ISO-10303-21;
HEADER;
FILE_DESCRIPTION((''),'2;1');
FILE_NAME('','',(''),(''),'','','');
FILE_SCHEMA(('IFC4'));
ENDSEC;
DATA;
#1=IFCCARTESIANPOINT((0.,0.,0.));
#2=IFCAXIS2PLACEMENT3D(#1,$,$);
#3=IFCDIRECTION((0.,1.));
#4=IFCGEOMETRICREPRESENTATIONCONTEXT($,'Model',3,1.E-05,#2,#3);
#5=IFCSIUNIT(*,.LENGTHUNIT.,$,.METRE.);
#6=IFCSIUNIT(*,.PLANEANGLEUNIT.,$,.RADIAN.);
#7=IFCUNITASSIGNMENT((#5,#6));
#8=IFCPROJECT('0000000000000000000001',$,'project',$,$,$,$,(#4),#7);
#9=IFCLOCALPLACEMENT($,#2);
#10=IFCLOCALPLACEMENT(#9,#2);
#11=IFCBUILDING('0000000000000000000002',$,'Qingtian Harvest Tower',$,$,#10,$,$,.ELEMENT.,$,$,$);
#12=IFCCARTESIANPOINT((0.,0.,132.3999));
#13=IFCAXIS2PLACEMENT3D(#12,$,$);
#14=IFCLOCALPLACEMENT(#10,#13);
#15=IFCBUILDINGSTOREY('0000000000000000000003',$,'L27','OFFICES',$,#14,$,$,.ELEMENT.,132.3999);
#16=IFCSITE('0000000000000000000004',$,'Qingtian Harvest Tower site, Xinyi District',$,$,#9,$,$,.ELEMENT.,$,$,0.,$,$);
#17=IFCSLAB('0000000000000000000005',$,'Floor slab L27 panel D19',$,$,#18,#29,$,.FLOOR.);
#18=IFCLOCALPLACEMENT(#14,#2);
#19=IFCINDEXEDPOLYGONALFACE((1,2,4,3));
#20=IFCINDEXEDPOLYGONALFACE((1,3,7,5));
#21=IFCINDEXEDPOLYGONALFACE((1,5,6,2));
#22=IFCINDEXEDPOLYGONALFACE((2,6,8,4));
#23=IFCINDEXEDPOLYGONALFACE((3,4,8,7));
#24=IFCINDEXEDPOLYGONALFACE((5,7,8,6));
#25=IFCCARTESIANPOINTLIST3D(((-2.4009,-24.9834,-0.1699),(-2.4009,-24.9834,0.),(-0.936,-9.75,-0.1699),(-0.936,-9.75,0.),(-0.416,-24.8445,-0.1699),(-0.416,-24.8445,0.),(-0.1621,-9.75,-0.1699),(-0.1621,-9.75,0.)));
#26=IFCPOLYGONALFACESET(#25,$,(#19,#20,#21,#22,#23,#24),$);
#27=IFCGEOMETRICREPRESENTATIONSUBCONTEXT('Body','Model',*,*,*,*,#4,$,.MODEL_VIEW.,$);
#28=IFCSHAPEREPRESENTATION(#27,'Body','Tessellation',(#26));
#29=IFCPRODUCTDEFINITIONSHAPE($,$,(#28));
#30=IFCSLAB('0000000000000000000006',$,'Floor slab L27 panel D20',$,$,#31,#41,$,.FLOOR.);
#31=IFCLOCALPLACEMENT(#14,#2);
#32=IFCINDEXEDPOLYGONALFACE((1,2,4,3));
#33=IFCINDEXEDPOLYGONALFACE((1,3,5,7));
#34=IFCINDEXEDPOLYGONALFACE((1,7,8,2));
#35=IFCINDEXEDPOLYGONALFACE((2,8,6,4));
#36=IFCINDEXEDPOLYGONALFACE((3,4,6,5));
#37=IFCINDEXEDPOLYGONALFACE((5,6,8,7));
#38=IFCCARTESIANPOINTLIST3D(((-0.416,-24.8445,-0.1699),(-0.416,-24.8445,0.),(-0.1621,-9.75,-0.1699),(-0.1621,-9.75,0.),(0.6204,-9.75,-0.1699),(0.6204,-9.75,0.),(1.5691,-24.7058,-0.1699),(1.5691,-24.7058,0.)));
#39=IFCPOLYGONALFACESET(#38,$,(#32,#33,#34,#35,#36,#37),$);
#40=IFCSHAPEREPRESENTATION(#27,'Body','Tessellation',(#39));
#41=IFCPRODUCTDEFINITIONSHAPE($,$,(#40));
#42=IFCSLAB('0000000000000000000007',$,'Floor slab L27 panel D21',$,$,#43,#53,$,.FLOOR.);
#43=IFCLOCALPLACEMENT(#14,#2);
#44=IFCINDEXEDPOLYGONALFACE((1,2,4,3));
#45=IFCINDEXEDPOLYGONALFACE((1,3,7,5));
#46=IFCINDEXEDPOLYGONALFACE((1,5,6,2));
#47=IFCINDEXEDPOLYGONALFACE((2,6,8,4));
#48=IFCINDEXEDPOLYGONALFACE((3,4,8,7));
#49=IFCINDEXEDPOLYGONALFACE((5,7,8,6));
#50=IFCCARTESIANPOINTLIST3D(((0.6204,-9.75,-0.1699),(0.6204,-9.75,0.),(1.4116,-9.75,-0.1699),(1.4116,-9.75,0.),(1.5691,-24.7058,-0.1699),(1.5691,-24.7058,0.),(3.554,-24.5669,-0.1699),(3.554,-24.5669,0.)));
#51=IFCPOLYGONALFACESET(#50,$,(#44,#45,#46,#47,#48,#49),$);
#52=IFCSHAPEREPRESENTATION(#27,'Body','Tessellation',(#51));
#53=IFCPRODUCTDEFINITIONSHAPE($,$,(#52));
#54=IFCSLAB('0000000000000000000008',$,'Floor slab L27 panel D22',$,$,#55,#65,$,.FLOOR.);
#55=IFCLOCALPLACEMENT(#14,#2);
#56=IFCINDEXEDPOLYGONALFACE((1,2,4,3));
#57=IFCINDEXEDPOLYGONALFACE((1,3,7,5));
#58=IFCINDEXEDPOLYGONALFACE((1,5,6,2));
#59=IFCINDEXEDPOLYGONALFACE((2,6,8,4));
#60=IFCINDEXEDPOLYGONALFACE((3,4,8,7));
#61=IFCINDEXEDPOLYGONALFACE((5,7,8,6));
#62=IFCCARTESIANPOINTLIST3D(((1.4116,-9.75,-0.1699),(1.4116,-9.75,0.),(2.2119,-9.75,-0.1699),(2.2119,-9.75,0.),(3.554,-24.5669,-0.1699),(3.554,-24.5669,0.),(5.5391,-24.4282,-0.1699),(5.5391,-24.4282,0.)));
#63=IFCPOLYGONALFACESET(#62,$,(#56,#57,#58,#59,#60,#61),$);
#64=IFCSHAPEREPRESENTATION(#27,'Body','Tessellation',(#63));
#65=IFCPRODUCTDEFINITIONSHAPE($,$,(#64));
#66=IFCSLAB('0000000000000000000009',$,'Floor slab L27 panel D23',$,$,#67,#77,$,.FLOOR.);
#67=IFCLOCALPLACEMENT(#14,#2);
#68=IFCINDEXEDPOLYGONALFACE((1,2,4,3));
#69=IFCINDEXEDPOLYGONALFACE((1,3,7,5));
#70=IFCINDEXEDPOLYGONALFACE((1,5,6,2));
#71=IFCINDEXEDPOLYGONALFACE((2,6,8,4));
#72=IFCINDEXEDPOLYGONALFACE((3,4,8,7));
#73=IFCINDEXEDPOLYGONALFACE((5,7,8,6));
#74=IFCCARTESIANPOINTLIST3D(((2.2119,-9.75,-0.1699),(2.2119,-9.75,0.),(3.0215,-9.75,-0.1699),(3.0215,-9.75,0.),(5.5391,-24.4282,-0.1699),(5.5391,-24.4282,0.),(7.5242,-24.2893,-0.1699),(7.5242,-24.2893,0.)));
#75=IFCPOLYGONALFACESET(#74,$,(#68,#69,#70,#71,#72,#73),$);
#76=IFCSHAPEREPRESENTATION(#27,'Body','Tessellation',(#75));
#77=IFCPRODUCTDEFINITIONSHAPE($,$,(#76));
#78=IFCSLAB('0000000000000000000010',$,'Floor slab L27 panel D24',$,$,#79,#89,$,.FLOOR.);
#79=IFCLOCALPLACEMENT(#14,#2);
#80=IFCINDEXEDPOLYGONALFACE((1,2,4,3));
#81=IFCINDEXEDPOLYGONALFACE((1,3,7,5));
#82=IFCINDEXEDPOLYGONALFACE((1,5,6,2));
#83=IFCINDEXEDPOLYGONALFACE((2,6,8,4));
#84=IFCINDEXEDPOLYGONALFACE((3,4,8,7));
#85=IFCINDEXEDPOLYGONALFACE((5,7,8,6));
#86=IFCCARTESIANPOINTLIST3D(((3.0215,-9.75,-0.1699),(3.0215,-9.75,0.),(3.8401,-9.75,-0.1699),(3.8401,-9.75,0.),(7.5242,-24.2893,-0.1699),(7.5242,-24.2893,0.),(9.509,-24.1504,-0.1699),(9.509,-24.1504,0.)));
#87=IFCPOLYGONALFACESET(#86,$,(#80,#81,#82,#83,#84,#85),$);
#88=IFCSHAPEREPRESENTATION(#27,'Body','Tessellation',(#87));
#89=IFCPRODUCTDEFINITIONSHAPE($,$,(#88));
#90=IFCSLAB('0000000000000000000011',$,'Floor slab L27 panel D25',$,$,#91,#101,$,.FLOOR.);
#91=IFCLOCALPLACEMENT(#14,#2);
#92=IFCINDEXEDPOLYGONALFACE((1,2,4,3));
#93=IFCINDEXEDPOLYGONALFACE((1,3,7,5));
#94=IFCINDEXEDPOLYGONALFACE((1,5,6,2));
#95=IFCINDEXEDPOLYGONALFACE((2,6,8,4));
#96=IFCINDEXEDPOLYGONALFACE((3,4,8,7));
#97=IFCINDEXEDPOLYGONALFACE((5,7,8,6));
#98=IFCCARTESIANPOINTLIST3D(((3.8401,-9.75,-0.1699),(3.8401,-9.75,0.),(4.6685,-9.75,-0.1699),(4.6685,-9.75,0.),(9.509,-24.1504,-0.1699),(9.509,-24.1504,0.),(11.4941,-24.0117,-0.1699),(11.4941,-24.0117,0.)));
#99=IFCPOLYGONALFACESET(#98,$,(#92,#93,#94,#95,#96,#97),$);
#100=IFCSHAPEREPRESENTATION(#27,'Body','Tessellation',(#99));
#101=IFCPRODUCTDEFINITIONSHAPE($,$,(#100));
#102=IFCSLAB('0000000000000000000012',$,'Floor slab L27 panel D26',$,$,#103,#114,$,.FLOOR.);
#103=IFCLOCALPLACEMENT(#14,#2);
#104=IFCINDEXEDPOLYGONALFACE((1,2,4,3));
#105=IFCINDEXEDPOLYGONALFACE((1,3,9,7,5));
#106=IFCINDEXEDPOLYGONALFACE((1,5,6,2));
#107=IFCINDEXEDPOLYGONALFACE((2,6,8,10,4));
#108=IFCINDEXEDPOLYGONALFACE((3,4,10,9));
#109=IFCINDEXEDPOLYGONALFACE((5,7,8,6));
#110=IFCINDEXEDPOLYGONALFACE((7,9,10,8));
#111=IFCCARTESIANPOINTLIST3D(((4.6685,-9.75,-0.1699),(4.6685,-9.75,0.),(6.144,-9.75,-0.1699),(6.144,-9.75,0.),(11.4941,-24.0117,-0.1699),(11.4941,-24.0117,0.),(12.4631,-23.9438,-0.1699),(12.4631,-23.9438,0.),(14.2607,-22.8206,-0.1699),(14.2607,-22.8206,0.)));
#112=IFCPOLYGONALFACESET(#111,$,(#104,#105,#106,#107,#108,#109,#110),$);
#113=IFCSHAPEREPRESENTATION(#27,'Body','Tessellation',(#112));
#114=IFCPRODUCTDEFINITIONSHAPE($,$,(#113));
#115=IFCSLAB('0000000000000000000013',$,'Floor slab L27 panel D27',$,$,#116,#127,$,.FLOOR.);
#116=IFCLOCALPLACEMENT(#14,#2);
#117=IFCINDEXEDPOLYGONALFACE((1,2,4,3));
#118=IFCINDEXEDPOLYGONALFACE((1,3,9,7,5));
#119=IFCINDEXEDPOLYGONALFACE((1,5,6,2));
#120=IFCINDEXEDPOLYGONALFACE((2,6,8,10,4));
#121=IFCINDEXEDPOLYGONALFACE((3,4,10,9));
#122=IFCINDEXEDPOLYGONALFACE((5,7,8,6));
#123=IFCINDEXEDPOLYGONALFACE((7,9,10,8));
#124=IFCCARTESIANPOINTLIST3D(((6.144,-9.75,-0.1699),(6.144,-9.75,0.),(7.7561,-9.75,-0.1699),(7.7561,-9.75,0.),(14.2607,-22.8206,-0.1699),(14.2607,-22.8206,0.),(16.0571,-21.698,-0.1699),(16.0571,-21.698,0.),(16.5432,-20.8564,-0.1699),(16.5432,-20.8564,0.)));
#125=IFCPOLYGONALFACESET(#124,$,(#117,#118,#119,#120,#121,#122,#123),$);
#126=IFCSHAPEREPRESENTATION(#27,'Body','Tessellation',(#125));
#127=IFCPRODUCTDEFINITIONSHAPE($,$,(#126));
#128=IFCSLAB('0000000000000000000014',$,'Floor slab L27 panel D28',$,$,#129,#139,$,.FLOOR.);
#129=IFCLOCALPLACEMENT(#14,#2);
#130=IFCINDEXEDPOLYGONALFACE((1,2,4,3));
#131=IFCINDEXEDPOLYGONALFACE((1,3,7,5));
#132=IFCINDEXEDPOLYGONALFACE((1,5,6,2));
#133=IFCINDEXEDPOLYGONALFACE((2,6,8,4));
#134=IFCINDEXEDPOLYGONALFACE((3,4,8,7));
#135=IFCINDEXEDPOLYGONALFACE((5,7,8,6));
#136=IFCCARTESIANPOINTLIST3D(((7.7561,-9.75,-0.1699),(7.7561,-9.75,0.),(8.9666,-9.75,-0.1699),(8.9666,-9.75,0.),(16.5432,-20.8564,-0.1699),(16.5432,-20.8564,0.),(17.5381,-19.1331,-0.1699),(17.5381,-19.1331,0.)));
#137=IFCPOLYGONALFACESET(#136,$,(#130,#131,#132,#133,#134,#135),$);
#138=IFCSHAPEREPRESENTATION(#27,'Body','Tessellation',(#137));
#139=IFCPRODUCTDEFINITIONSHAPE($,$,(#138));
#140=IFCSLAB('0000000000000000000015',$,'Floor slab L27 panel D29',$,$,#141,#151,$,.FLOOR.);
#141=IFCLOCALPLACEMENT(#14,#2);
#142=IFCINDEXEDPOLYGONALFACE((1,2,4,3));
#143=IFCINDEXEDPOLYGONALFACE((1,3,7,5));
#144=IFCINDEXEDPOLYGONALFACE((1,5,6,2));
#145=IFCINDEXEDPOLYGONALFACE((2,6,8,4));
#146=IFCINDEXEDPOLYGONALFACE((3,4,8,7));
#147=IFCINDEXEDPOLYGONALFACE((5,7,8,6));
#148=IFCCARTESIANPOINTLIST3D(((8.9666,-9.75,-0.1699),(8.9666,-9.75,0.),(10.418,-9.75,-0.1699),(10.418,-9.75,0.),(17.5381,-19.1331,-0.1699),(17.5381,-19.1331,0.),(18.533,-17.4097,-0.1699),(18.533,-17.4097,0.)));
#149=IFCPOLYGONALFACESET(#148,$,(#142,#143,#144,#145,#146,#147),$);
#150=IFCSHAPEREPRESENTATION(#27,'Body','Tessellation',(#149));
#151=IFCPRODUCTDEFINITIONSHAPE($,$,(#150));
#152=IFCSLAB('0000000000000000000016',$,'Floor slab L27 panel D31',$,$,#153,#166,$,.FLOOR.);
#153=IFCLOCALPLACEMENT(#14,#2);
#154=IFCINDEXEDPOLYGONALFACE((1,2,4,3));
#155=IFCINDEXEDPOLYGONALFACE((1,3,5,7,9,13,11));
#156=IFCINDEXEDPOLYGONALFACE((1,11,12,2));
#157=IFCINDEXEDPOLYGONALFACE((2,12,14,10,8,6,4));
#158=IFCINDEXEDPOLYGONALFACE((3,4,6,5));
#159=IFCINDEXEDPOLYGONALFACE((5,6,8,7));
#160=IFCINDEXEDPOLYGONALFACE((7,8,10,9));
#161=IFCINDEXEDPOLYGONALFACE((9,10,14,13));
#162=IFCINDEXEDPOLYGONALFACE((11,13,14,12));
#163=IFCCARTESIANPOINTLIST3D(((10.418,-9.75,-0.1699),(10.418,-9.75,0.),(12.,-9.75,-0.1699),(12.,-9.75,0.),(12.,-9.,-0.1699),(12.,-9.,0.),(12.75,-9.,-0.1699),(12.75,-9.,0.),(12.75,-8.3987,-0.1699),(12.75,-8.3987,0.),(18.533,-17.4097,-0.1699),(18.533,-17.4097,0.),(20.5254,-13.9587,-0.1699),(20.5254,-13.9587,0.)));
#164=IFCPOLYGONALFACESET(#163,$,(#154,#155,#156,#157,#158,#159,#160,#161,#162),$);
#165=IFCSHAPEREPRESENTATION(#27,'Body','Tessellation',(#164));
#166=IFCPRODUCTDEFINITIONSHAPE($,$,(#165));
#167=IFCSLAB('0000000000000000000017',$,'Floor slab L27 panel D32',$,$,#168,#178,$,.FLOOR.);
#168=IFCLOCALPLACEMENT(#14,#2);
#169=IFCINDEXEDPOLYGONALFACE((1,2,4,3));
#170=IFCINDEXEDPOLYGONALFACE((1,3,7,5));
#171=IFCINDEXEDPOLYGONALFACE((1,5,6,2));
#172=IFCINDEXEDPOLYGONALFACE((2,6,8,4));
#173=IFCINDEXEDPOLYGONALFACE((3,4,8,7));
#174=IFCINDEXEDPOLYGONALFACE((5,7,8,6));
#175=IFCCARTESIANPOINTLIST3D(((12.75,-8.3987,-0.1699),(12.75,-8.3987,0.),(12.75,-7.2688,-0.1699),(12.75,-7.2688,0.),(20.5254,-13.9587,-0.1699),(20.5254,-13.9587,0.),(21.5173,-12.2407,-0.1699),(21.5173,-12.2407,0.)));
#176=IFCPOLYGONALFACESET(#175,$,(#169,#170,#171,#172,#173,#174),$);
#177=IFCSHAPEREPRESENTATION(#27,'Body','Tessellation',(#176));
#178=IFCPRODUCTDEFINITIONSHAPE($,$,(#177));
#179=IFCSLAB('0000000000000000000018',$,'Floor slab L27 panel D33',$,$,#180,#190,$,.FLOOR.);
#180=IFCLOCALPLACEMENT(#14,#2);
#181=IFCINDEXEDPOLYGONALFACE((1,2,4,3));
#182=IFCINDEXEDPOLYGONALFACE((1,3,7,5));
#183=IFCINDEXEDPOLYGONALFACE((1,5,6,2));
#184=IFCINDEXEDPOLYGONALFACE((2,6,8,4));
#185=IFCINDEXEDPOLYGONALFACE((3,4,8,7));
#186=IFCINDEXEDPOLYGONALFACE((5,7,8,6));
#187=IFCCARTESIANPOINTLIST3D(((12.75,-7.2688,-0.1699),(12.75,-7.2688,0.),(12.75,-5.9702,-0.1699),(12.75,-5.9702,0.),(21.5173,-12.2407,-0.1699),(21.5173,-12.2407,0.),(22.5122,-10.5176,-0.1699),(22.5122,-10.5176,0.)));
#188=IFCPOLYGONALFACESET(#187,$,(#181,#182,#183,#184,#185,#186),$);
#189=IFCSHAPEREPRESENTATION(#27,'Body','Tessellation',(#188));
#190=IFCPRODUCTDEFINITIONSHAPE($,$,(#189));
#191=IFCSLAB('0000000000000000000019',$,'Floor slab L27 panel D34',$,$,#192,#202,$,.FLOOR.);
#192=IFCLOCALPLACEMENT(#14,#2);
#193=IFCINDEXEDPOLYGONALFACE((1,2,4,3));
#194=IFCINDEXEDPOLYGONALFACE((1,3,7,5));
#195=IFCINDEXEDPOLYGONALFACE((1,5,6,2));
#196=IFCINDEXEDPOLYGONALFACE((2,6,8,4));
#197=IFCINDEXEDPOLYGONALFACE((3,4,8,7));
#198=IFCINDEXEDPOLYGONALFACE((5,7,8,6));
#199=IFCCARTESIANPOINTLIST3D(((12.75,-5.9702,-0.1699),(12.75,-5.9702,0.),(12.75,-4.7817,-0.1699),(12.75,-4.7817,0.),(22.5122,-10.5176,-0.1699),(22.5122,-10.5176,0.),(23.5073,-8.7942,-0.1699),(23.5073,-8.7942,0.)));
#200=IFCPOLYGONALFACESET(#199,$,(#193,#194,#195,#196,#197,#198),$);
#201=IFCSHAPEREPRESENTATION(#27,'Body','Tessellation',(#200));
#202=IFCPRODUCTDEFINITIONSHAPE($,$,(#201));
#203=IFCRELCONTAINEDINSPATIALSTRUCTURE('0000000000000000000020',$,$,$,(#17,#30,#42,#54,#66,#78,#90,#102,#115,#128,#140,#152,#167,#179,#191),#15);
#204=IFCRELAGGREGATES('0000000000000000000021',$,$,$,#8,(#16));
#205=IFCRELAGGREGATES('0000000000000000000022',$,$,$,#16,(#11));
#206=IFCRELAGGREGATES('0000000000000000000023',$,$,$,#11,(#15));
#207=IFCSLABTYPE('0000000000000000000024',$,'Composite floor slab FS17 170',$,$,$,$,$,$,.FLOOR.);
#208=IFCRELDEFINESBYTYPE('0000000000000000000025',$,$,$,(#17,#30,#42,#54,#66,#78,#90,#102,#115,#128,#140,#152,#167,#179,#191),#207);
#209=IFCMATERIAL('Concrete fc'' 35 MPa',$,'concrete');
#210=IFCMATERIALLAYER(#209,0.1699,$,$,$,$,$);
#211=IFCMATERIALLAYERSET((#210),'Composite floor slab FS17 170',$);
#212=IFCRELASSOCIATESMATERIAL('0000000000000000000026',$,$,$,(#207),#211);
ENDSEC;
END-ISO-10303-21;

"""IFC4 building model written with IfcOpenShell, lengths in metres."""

from ifc_helpers import new_model, si_unit, direction, frame, origin, place, context, subcontext, project, spatial, polyline, outline, extrude, material, layer, layer_set, type_object, element, save


model = new_model("IFC4")

# Units and contexts
model_context = context("Model", 3, precision=1e-05, world=origin(), true_north=direction((0.0, 1.0)))
body_context = subcontext(model_context, "Body", "Model", "MODEL_VIEW")
ifc_project = project(units=[si_unit("LENGTHUNIT", "METRE"), si_unit("PLANEANGLEUNIT", "RADIAN")], contexts=[model_context])

# Site, building, storey
site_placement = place(None, origin())
site = spatial("IfcSite", under=ifc_project, at=site_placement, Name="Qingtian Harvest Tower site, Xinyi District", CompositionType="ELEMENT", RefElevation=0.0)
building_placement = place(site_placement, origin())
building = spatial("IfcBuilding", under=site, at=building_placement, Name="Qingtian Harvest Tower", CompositionType="ELEMENT")
storey_placement = place(building_placement, frame((0.0, 0.0, 132.3999)))
storey = spatial("IfcBuildingStorey", under=building, at=storey_placement, Name="L27", Description="OFFICES", CompositionType="ELEMENT", Elevation=132.3999)

# Slabs
ifc_material = material(Name="Concrete fc' 35 MPa", Category="concrete")
ifc_layer = layer(ifc_material, 0.1699)
ifc_layer_set = layer_set([ifc_layer], Name="Composite floor slab FS17 170")
slab_type = type_object("IfcSlabType", Name="Composite floor slab FS17 170", PredefinedType="FLOOR", material=ifc_layer_set)
slab_1_placement = place(storey_placement, frame((0.0, 0.0, -0.1699)))
element("IfcSlab", 1, at=slab_1_placement, inside=storey, type_object=slab_type, Name="Floor slab L27 panel D19", PredefinedType="FLOOR", context=body_context, shape_type="SweptSolid", body=[
    extrude(outline(polyline([(-0.1621, -9.75), (-0.416, -24.8445), (-2.4009, -24.9834), (-0.936, -9.75), (-0.1621, -9.75)])), origin(), (0.0, 0.0, 1.0), 0.1699),
])
slab_2_placement = place(storey_placement, frame((0.0, 0.0, -0.1699)))
element("IfcSlab", 2, at=slab_2_placement, inside=storey, type_object=slab_type, Name="Floor slab L27 panel D20", PredefinedType="FLOOR", context=body_context, shape_type="SweptSolid", body=[
    extrude(outline(polyline([(0.6204, -9.75), (1.5691, -24.7058), (-0.416, -24.8445), (-0.1621, -9.75), (0.6204, -9.75)])), origin(), (0.0, 0.0, 1.0), 0.1699),
])
slab_3_placement = place(storey_placement, frame((0.0, 0.0, -0.1699)))
element("IfcSlab", 3, at=slab_3_placement, inside=storey, type_object=slab_type, Name="Floor slab L27 panel D21", PredefinedType="FLOOR", context=body_context, shape_type="SweptSolid", body=[
    extrude(outline(polyline([(1.4116, -9.75), (3.554, -24.5669), (1.5691, -24.7058), (0.6204, -9.75), (1.4116, -9.75)])), origin(), (0.0, 0.0, 1.0), 0.1699),
])
slab_4_placement = place(storey_placement, frame((0.0, 0.0, -0.1699)))
element("IfcSlab", 4, at=slab_4_placement, inside=storey, type_object=slab_type, Name="Floor slab L27 panel D22", PredefinedType="FLOOR", context=body_context, shape_type="SweptSolid", body=[
    extrude(outline(polyline([(2.2119, -9.75), (5.5391, -24.4282), (3.554, -24.5669), (1.4116, -9.75), (2.2119, -9.75)])), origin(), (0.0, 0.0, 1.0), 0.1699),
])
slab_5_placement = place(storey_placement, frame((0.0, 0.0, -0.1699)))
element("IfcSlab", 5, at=slab_5_placement, inside=storey, type_object=slab_type, Name="Floor slab L27 panel D23", PredefinedType="FLOOR", context=body_context, shape_type="SweptSolid", body=[
    extrude(outline(polyline([(3.0215, -9.75), (7.5242, -24.2893), (5.5391, -24.4282), (2.2119, -9.75), (3.0215, -9.75)])), origin(), (0.0, 0.0, 1.0), 0.1699),
])
slab_6_placement = place(storey_placement, frame((0.0, 0.0, -0.1699)))
element("IfcSlab", 6, at=slab_6_placement, inside=storey, type_object=slab_type, Name="Floor slab L27 panel D24", PredefinedType="FLOOR", context=body_context, shape_type="SweptSolid", body=[
    extrude(outline(polyline([(3.8401, -9.75), (9.509, -24.1504), (7.5242, -24.2893), (3.0215, -9.75), (3.8401, -9.75)])), origin(), (0.0, 0.0, 1.0), 0.1699),
])
slab_7_placement = place(storey_placement, frame((0.0, 0.0, -0.1699)))
element("IfcSlab", 7, at=slab_7_placement, inside=storey, type_object=slab_type, Name="Floor slab L27 panel D25", PredefinedType="FLOOR", context=body_context, shape_type="SweptSolid", body=[
    extrude(outline(polyline([(4.6685, -9.75), (11.4941, -24.0117), (9.509, -24.1504), (3.8401, -9.75), (4.6685, -9.75)])), origin(), (0.0, 0.0, 1.0), 0.1699),
])
slab_8_placement = place(storey_placement, frame((0.0, 0.0, -0.1699)))
element("IfcSlab", 8, at=slab_8_placement, inside=storey, type_object=slab_type, Name="Floor slab L27 panel D26", PredefinedType="FLOOR", context=body_context, shape_type="SweptSolid", body=[
    extrude(outline(polyline([(4.6685, -9.75), (6.144, -9.75), (14.2607, -22.8206), (12.4631, -23.9438), (11.4941, -24.0117), (4.6685, -9.75)])), origin(), (0.0, 0.0, 1.0), 0.1699),
])
slab_9_placement = place(storey_placement, frame((0.0, 0.0, -0.1699)))
element("IfcSlab", 9, at=slab_9_placement, inside=storey, type_object=slab_type, Name="Floor slab L27 panel D27", PredefinedType="FLOOR", context=body_context, shape_type="SweptSolid", body=[
    extrude(outline(polyline([(6.144, -9.75), (7.7561, -9.75), (16.5432, -20.8564), (16.0571, -21.698), (14.2607, -22.8206), (6.144, -9.75)])), origin(), (0.0, 0.0, 1.0), 0.1699),
])
slab_10_placement = place(storey_placement, frame((0.0, 0.0, -0.1699)))
element("IfcSlab", 10, at=slab_10_placement, inside=storey, type_object=slab_type, Name="Floor slab L27 panel D28", PredefinedType="FLOOR", context=body_context, shape_type="SweptSolid", body=[
    extrude(outline(polyline([(8.9666, -9.75), (17.5381, -19.1331), (16.5432, -20.8564), (7.7561, -9.75), (8.9666, -9.75)])), origin(), (0.0, 0.0, 1.0), 0.1699),
])
slab_11_placement = place(storey_placement, frame((0.0, 0.0, -0.1699)))
element("IfcSlab", 11, at=slab_11_placement, inside=storey, type_object=slab_type, Name="Floor slab L27 panel D29", PredefinedType="FLOOR", context=body_context, shape_type="SweptSolid", body=[
    extrude(outline(polyline([(10.418, -9.75), (18.533, -17.4097), (17.5381, -19.1331), (8.9666, -9.75), (10.418, -9.75)])), origin(), (0.0, 0.0, 1.0), 0.1699),
])
slab_12_placement = place(storey_placement, frame((0.0, 0.0, -0.1699)))
element("IfcSlab", 12, at=slab_12_placement, inside=storey, type_object=slab_type, Name="Floor slab L27 panel D31", PredefinedType="FLOOR", context=body_context, shape_type="SweptSolid", body=[
    extrude(outline(polyline([(12.75, -8.3987), (20.5254, -13.9587), (18.533, -17.4097), (10.418, -9.75), (12.0, -9.75), (12.0, -9.0), (12.75, -9.0), (12.75, -8.3987)])), origin(), (0.0, 0.0, 1.0), 0.1699),
])
slab_13_placement = place(storey_placement, frame((0.0, 0.0, -0.1699)))
element("IfcSlab", 13, at=slab_13_placement, inside=storey, type_object=slab_type, Name="Floor slab L27 panel D32", PredefinedType="FLOOR", context=body_context, shape_type="SweptSolid", body=[
    extrude(outline(polyline([(12.75, -7.2688), (21.5173, -12.2407), (20.5254, -13.9587), (12.75, -8.3987), (12.75, -7.2688)])), origin(), (0.0, 0.0, 1.0), 0.1699),
])
slab_14_placement = place(storey_placement, frame((0.0, 0.0, -0.1699)))
element("IfcSlab", 14, at=slab_14_placement, inside=storey, type_object=slab_type, Name="Floor slab L27 panel D33", PredefinedType="FLOOR", context=body_context, shape_type="SweptSolid", body=[
    extrude(outline(polyline([(12.75, -5.9702), (22.5122, -10.5176), (21.5173, -12.2407), (12.75, -7.2688), (12.75, -5.9702)])), origin(), (0.0, 0.0, 1.0), 0.1699),
])
slab_15_placement = place(storey_placement, frame((0.0, 0.0, -0.1699)))
element("IfcSlab", 15, at=slab_15_placement, inside=storey, type_object=slab_type, Name="Floor slab L27 panel D34", PredefinedType="FLOOR", context=body_context, shape_type="SweptSolid", body=[
    extrude(outline(polyline([(12.75, -4.7817), (23.5073, -8.7942), (22.5122, -10.5176), (12.75, -5.9702), (12.75, -4.7817)])), origin(), (0.0, 0.0, 1.0), 0.1699),
])

save(model, "model.ifc")
